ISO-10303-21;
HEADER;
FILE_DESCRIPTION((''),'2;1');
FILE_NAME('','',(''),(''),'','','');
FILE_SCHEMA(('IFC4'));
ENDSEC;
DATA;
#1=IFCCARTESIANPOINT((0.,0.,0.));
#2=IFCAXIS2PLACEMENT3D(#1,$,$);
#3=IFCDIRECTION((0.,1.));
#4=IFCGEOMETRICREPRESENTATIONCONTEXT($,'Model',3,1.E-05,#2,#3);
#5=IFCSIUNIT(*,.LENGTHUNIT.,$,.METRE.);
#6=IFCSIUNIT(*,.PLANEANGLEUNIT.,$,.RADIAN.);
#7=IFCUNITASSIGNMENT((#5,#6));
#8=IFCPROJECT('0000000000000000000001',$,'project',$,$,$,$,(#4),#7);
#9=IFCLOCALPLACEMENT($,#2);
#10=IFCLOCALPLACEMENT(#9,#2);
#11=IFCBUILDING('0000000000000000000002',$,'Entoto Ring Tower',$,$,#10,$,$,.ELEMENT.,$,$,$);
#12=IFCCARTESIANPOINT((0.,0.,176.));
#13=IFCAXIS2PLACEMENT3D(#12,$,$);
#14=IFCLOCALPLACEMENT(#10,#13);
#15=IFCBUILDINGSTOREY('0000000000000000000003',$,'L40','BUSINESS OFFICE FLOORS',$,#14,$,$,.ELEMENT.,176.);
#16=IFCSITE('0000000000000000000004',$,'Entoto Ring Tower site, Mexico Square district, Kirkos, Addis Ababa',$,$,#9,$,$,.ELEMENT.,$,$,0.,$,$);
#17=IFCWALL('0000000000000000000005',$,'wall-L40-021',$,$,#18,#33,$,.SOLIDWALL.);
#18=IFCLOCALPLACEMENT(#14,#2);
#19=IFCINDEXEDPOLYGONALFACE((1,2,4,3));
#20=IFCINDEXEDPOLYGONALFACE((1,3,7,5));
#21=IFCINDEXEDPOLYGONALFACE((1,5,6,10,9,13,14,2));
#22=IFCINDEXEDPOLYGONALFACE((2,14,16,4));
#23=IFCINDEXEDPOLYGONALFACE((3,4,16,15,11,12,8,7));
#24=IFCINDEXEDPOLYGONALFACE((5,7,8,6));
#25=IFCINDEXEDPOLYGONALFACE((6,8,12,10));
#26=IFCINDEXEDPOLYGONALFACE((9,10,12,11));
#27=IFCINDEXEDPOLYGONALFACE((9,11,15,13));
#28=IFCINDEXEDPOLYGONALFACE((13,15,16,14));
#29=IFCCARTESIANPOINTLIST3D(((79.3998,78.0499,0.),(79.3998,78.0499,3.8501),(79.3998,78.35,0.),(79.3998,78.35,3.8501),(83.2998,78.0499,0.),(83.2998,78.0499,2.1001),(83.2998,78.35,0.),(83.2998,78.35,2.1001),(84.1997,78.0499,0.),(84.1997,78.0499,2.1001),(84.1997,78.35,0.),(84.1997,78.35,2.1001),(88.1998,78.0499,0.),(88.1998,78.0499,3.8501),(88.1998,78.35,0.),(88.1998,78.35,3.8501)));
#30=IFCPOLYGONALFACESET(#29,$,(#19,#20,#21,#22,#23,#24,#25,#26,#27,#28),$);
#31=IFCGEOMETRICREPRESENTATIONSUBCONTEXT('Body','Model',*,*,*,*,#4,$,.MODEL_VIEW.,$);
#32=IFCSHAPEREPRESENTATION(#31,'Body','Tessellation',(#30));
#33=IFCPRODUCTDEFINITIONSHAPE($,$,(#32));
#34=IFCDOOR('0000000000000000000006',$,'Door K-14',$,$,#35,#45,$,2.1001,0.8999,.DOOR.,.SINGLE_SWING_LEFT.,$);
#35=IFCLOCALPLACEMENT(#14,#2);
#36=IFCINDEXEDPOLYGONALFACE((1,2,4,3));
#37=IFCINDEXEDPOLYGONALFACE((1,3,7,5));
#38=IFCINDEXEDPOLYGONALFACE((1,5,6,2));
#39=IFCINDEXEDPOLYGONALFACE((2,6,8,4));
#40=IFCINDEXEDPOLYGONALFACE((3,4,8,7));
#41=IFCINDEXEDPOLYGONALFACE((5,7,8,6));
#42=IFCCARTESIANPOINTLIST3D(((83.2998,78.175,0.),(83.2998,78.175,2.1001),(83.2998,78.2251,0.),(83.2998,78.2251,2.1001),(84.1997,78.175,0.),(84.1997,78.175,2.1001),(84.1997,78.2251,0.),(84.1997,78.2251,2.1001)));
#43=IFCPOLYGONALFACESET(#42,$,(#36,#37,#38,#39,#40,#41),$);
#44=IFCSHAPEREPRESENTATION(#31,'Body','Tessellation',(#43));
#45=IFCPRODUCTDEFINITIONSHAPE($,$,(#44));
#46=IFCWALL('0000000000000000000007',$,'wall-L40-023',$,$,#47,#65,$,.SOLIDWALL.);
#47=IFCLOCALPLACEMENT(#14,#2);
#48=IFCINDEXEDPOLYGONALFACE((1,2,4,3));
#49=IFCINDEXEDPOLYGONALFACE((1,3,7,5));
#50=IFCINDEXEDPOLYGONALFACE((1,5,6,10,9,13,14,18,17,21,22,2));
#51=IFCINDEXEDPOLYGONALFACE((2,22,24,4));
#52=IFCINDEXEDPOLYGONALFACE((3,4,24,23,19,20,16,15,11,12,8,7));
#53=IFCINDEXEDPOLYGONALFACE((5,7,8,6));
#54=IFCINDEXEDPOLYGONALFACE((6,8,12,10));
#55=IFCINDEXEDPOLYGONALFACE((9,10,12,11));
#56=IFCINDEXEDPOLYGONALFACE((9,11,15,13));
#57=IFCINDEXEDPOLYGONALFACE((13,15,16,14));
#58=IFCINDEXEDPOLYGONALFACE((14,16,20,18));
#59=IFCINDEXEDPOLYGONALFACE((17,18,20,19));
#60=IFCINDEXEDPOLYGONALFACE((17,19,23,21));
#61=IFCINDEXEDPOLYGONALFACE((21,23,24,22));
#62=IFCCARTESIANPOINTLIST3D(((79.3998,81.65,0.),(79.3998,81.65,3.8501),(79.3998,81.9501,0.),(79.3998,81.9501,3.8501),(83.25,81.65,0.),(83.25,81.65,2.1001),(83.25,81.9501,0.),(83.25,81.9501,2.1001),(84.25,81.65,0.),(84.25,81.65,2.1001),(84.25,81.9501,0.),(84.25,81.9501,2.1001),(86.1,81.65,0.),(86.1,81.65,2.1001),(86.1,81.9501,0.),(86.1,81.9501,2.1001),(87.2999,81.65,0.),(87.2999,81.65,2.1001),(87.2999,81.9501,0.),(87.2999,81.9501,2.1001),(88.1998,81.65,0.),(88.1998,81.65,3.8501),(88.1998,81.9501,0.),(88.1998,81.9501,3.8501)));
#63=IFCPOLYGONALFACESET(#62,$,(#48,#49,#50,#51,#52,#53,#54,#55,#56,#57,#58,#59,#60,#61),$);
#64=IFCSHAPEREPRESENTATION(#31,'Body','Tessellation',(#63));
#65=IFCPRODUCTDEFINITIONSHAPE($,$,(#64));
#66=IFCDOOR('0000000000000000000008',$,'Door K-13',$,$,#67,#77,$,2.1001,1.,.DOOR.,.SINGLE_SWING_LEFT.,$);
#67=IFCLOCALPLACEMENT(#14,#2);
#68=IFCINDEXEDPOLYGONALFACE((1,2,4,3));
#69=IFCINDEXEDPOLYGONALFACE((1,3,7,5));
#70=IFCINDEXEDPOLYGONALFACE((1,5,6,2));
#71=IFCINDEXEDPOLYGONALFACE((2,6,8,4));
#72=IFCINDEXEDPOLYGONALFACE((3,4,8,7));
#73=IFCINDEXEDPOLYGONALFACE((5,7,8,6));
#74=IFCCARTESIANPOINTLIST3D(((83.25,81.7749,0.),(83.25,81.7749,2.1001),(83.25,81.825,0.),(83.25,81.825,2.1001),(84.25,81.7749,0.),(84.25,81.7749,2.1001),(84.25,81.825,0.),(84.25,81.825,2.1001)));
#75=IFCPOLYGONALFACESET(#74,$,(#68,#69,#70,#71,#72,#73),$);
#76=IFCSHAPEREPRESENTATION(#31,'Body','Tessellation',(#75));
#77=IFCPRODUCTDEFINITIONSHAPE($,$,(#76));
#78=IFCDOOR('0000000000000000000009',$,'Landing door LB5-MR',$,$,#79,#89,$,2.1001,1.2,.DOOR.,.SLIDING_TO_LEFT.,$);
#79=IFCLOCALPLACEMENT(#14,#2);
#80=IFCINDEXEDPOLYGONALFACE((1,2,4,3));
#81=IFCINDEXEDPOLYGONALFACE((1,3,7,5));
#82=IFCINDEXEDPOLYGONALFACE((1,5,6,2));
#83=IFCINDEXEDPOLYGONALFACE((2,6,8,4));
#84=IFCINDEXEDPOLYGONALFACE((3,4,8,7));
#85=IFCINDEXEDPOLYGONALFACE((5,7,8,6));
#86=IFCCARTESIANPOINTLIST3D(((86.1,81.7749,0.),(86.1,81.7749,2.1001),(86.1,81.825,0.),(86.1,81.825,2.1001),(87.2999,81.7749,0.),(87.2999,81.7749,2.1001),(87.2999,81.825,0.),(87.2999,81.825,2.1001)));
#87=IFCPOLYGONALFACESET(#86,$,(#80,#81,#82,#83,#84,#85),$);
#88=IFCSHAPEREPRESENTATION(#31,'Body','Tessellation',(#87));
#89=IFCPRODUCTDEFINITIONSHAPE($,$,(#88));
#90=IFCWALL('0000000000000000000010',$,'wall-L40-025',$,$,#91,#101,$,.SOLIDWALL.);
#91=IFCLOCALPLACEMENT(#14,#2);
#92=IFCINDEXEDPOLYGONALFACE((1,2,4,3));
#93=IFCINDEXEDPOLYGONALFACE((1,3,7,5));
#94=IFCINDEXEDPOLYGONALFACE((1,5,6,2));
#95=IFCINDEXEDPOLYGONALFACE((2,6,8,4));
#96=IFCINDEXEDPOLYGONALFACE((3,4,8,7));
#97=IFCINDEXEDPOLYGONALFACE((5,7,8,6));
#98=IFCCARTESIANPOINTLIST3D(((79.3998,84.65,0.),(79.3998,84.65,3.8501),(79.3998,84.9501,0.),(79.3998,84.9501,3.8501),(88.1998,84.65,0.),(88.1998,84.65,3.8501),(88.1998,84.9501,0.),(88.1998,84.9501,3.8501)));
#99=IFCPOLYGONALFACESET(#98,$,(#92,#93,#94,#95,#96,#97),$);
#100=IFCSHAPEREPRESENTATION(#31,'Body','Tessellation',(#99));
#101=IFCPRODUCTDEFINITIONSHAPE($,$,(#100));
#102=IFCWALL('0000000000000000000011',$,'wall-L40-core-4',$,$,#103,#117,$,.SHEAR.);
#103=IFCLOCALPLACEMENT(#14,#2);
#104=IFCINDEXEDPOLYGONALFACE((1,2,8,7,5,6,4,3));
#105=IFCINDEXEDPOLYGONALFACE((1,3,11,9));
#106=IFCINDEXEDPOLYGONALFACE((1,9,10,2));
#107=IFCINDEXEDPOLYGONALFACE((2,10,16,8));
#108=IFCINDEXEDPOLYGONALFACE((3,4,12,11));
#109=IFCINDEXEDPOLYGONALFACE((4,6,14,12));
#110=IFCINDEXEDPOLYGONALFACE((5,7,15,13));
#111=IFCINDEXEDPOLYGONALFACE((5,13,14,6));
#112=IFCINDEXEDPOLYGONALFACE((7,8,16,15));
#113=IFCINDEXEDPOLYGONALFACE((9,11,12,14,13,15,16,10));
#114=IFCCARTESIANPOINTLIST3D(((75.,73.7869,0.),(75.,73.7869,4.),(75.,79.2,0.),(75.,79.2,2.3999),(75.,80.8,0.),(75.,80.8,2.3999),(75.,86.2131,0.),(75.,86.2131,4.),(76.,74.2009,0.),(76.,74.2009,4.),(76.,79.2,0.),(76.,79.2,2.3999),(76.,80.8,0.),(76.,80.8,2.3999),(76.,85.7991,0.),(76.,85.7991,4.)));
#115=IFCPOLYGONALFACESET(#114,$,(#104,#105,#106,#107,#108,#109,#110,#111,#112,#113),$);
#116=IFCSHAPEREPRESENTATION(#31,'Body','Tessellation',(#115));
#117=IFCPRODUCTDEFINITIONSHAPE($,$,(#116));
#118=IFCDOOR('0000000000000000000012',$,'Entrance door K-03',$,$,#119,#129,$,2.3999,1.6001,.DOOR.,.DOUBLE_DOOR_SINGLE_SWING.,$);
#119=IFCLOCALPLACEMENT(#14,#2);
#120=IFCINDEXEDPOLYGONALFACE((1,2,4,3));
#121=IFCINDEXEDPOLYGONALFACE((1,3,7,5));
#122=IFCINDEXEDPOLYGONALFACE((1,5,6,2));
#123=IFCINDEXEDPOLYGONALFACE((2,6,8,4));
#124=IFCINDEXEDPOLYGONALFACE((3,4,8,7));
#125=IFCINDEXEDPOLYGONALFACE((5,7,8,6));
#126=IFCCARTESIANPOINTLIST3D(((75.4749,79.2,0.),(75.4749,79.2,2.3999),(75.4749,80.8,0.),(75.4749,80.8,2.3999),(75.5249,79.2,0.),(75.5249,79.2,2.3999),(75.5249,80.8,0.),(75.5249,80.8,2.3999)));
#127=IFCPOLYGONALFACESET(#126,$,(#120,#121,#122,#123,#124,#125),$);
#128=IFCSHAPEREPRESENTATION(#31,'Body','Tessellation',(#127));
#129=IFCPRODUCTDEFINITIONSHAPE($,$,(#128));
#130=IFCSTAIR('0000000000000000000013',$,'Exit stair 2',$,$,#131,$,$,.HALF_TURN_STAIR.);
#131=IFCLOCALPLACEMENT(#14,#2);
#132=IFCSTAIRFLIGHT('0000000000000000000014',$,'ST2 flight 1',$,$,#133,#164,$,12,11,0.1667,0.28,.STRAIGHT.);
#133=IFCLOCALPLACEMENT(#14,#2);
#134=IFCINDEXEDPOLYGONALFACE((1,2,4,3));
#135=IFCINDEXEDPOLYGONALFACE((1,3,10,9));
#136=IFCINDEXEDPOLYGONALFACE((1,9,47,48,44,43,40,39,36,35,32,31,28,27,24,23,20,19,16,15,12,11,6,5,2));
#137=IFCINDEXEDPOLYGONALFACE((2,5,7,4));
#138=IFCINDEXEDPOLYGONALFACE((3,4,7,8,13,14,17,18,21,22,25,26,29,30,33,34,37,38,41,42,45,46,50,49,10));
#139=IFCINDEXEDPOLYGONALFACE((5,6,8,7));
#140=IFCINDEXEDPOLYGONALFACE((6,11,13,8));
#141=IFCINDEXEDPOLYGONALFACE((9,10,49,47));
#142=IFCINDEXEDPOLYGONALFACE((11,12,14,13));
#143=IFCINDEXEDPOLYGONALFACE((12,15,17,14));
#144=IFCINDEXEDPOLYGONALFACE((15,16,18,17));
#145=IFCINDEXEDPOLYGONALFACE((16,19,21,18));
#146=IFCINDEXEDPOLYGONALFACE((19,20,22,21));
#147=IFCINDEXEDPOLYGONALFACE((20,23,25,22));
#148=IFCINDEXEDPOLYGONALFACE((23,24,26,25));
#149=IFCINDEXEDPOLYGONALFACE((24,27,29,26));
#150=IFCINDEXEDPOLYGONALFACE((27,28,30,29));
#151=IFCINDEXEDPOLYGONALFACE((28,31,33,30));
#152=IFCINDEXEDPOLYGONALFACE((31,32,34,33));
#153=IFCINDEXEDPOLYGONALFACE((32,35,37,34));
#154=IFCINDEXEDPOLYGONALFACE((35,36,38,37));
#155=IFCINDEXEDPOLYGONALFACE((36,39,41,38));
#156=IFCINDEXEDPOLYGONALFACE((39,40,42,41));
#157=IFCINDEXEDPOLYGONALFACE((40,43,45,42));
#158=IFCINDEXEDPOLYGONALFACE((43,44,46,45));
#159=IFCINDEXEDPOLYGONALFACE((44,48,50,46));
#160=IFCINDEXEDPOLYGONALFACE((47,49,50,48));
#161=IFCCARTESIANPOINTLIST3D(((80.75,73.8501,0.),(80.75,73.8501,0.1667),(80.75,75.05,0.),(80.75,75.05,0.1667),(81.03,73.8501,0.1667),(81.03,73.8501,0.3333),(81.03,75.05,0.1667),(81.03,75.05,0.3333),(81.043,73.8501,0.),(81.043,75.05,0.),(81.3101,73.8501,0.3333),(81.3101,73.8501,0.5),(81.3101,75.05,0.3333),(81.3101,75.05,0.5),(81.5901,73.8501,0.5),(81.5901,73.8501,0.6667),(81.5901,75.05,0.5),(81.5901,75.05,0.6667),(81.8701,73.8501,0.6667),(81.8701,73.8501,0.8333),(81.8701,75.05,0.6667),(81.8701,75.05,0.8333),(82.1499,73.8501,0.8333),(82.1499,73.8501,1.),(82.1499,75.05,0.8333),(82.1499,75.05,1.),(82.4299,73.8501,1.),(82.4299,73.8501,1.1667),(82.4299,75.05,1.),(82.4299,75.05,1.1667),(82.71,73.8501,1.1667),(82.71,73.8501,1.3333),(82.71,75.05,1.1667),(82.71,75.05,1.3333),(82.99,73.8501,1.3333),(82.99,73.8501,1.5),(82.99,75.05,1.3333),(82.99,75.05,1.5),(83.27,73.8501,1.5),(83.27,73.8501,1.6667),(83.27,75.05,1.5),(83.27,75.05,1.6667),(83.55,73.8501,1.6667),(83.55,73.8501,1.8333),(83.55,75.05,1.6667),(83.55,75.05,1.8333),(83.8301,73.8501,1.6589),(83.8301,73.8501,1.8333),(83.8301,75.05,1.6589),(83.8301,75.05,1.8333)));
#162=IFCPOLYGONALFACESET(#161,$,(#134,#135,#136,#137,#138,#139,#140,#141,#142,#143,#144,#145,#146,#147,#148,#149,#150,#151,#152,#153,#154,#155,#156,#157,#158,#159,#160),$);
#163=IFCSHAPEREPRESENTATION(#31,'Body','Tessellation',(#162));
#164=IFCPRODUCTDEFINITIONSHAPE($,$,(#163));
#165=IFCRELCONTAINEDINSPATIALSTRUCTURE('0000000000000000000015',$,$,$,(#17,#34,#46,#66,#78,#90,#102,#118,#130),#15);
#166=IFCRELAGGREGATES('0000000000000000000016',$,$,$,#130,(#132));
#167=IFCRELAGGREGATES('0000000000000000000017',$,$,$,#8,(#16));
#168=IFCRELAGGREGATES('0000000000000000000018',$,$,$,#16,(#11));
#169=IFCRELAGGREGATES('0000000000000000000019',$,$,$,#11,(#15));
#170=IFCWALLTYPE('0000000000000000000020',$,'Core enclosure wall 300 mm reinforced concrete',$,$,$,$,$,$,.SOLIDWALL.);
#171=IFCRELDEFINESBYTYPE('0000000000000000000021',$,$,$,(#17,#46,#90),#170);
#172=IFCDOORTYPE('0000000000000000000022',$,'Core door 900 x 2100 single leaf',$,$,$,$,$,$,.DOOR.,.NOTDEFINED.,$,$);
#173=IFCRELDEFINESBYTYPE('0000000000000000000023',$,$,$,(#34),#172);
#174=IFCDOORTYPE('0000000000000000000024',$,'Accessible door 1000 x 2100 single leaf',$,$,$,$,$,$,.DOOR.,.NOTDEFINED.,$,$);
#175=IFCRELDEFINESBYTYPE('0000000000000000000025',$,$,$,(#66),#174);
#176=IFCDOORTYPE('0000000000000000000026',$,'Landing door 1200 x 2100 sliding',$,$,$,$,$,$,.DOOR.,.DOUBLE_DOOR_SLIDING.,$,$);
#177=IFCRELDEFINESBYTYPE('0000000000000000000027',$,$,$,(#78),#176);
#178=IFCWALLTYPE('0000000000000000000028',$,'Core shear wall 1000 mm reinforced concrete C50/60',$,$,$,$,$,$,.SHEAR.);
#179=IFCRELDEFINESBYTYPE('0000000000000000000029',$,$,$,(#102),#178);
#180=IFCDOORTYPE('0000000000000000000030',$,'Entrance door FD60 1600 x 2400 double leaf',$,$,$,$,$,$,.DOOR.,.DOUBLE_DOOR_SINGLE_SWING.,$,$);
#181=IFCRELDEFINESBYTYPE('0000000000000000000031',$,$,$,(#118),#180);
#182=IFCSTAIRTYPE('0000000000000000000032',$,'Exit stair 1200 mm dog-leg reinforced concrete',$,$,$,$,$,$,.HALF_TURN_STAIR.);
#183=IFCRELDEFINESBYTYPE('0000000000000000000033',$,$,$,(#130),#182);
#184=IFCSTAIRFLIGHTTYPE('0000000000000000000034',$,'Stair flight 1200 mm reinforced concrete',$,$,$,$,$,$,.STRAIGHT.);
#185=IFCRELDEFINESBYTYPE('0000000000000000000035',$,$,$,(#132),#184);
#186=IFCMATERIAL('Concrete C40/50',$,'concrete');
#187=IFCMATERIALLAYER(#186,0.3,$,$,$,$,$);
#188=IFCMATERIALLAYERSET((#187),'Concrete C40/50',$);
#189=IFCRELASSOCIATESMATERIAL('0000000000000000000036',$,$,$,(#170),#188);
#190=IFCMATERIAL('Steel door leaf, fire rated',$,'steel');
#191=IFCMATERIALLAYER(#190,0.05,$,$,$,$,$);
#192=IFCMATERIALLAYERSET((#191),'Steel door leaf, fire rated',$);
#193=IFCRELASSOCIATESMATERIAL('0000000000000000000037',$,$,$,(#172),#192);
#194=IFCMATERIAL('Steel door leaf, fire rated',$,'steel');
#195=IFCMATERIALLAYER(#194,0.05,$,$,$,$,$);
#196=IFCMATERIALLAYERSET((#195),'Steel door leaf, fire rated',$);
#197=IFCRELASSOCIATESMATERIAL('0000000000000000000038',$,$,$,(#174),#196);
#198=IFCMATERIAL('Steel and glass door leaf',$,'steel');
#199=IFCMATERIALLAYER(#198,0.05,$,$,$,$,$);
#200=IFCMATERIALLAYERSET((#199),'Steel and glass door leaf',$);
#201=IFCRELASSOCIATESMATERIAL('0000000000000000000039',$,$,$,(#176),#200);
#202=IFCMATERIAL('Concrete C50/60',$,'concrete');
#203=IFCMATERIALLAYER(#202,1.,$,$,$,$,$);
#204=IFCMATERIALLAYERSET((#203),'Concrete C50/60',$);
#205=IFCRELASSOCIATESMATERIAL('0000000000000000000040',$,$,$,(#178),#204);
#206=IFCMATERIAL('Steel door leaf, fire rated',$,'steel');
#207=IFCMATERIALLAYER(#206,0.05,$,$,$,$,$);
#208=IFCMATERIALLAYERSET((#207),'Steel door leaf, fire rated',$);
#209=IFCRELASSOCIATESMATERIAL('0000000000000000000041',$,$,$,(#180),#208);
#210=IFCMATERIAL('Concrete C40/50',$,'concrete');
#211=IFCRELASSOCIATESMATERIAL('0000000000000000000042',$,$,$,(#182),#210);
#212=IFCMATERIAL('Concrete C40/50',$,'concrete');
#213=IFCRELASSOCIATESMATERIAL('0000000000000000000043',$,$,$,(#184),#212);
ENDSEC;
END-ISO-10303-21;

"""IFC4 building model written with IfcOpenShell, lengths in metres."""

from ifc_helpers import new_model, si_unit, direction, frame, frame_2d, origin, place, context, subcontext, project, spatial, polyline, rectangle, outline, extrude, material, layer, layer_set, type_object, element, fill, aggregate, save


model = new_model("IFC4")

# Units and contexts
model_context = context("Model", 3, precision=1e-05, world=origin(), true_north=direction((0.0, 1.0)))
body_context = subcontext(model_context, "Body", "Model", "MODEL_VIEW")
ifc_project = project(units=[si_unit("LENGTHUNIT", "METRE"), si_unit("PLANEANGLEUNIT", "RADIAN")], contexts=[model_context])

# Site, building, storey
site_placement = place(None, origin())
site = spatial("IfcSite", under=ifc_project, at=site_placement, Name="Entoto Ring Tower site, Mexico Square district, Kirkos, Addis Ababa", CompositionType="ELEMENT", RefElevation=0.0)
building_placement = place(site_placement, origin())
building = spatial("IfcBuilding", under=site, at=building_placement, Name="Entoto Ring Tower", CompositionType="ELEMENT")
storey_placement = place(building_placement, frame((0.0, 0.0, 176.0)))
storey = spatial("IfcBuildingStorey", under=building, at=storey_placement, Name="L40", Description="BUSINESS OFFICE FLOORS", CompositionType="ELEMENT", Elevation=176.0)

# Shared definitions
ifc_material_1 = material(Name="Concrete C40/50", Category="concrete")
ifc_layer_1 = layer(ifc_material_1, 0.3)
ifc_layer_set_1 = layer_set([ifc_layer_1], Name="Concrete C40/50")
wall_type_1 = type_object("IfcWallType", Name="Core enclosure wall 300 mm reinforced concrete", PredefinedType="SOLIDWALL", material=ifc_layer_set_1)

# Wall, opening, door
wall_1_placement = place(storey_placement, frame((79.3999, 78.2, 0.0), z_axis=(0.0, 0.0, 1.0), x_axis=(1.0, 0.0, 0.0)))
wall_1 = element("IfcWall", 1, at=wall_1_placement, inside=storey, type_object=wall_type_1, Name="wall-L40-021", PredefinedType="SOLIDWALL", context=body_context, shape_type="SweptSolid", body=[
    extrude(rectangle(XDim=8.8, YDim=0.3, at=frame_2d((4.3999, 0.0))), origin(), (0.0, 0.0, 1.0), 3.8501),
])
opening_1_placement = place(wall_1_placement, frame((3.8999, 0.0, 0.0)))
opening_1 = element("IfcOpeningElement", 2, at=opening_1_placement, cuts=wall_1, PredefinedType="OPENING", context=body_context, shape_type="SweptSolid", body=[
    extrude(rectangle(XDim=0.8999, YDim=2.1001, at=frame_2d((0.45, 1.05))), frame((0.0, 0.1602, 0.0), z_axis=(0.0, -1.0, 0.0), x_axis=(1.0, 0.0, 0.0)), (0.0, 0.0, 1.0), 0.3201),
])
ifc_material_2 = material(Name="Steel door leaf, fire rated", Category="steel")
ifc_layer_2 = layer(ifc_material_2, 0.05)
ifc_layer_set_2 = layer_set([ifc_layer_2], Name="Steel door leaf, fire rated")
door_type_1 = type_object("IfcDoorType", Name="Core door 900 x 2100 single leaf", OperationType="NOTDEFINED", PredefinedType="DOOR", material=ifc_layer_set_2)
door_1_placement = place(opening_1_placement, frame((0.8999, 0.0, 0.0), z_axis=(0.0, 0.0, 1.0), x_axis=(-1.0, 0.0, 0.0)))
door_1 = element("IfcDoor", 3, at=door_1_placement, inside=storey, type_object=door_type_1, Name="Door K-14", OperationType="SINGLE_SWING_LEFT", OverallHeight=2.1001, OverallWidth=0.8999, PredefinedType="DOOR", context=body_context, shape_type="SweptSolid", body=[
    extrude(rectangle(XDim=0.8999, YDim=2.1001, at=frame_2d((0.45, 1.05))), frame((0.0, 0.0249, 0.0), z_axis=(0.0, -1.0, 0.0), x_axis=(1.0, 0.0, 0.0)), (0.0, 0.0, 1.0), 0.05),
])
fill(opening_1, door_1)

# Wall, openings, doors
wall_2_placement = place(storey_placement, frame((79.3999, 81.8, 0.0), z_axis=(0.0, 0.0, 1.0), x_axis=(1.0, 0.0, 0.0)))
wall_2 = element("IfcWall", 4, at=wall_2_placement, inside=storey, type_object=wall_type_1, Name="wall-L40-023", PredefinedType="SOLIDWALL", context=body_context, shape_type="SweptSolid", body=[
    extrude(rectangle(XDim=8.8, YDim=0.3, at=frame_2d((4.3999, 0.0))), origin(), (0.0, 0.0, 1.0), 3.8501),
])
opening_2_placement = place(wall_2_placement, frame((6.7, 0.0, 0.0)))
opening_2 = element("IfcOpeningElement", 5, at=opening_2_placement, cuts=wall_2, PredefinedType="OPENING", context=body_context, shape_type="SweptSolid", body=[
    extrude(rectangle(XDim=1.2, YDim=2.1001, at=frame_2d((0.6001, 1.05))), frame((0.0, 0.1602, 0.0), z_axis=(0.0, -1.0, 0.0), x_axis=(1.0, 0.0, 0.0)), (0.0, 0.0, 1.0), 0.3201),
])
opening_3_placement = place(wall_2_placement, frame((3.8501, 0.0, 0.0)))
opening_3 = element("IfcOpeningElement", 6, at=opening_3_placement, cuts=wall_2, PredefinedType="OPENING", context=body_context, shape_type="SweptSolid", body=[
    extrude(rectangle(XDim=1.0, YDim=2.1001, at=frame_2d((0.5, 1.05))), frame((0.0, 0.1602, 0.0), z_axis=(0.0, -1.0, 0.0), x_axis=(1.0, 0.0, 0.0)), (0.0, 0.0, 1.0), 0.3201),
])
ifc_material_3 = material(Name="Steel door leaf, fire rated", Category="steel")
ifc_layer_3 = layer(ifc_material_3, 0.05)
ifc_layer_set_3 = layer_set([ifc_layer_3], Name="Steel door leaf, fire rated")
door_type_2 = type_object("IfcDoorType", Name="Accessible door 1000 x 2100 single leaf", OperationType="NOTDEFINED", PredefinedType="DOOR", material=ifc_layer_set_3)
door_2_placement = place(opening_3_placement, origin())
door_2 = element("IfcDoor", 7, at=door_2_placement, inside=storey, type_object=door_type_2, Name="Door K-13", OperationType="SINGLE_SWING_LEFT", OverallHeight=2.1001, OverallWidth=1.0, PredefinedType="DOOR", context=body_context, shape_type="SweptSolid", body=[
    extrude(rectangle(XDim=1.0, YDim=2.1001, at=frame_2d((0.5, 1.05))), frame((0.0, 0.0249, 0.0), z_axis=(0.0, -1.0, 0.0), x_axis=(1.0, 0.0, 0.0)), (0.0, 0.0, 1.0), 0.05),
])
fill(opening_3, door_2)
ifc_material_4 = material(Name="Steel and glass door leaf", Category="steel")
ifc_layer_4 = layer(ifc_material_4, 0.05)
ifc_layer_set_4 = layer_set([ifc_layer_4], Name="Steel and glass door leaf")
door_type_3 = type_object("IfcDoorType", Name="Landing door 1200 x 2100 sliding", OperationType="DOUBLE_DOOR_SLIDING", PredefinedType="DOOR", material=ifc_layer_set_4)
door_3_placement = place(opening_2_placement, origin())
door_3 = element("IfcDoor", 8, at=door_3_placement, inside=storey, type_object=door_type_3, Name="Landing door LB5-MR", OperationType="SLIDING_TO_LEFT", OverallHeight=2.1001, OverallWidth=1.2, PredefinedType="DOOR", context=body_context, shape_type="SweptSolid", body=[
    extrude(rectangle(XDim=1.2, YDim=2.1001, at=frame_2d((0.6001, 1.05))), frame((0.0, 0.0249, 0.0), z_axis=(0.0, -1.0, 0.0), x_axis=(1.0, 0.0, 0.0)), (0.0, 0.0, 1.0), 0.05),
])
fill(opening_2, door_3)

# Wall
wall_3_placement = place(storey_placement, frame((79.3999, 84.8, 0.0), z_axis=(0.0, 0.0, 1.0), x_axis=(1.0, 0.0, 0.0)))
element("IfcWall", 9, at=wall_3_placement, inside=storey, type_object=wall_type_1, Name="wall-L40-025", PredefinedType="SOLIDWALL", context=body_context, shape_type="SweptSolid", body=[
    extrude(rectangle(XDim=8.8, YDim=0.3, at=frame_2d((4.3999, 0.0))), origin(), (0.0, 0.0, 1.0), 3.8501),
])

# Wall, opening, door
ifc_material_5 = material(Name="Concrete C50/60", Category="concrete")
ifc_layer_5 = layer(ifc_material_5, 1.0)
ifc_layer_set_5 = layer_set([ifc_layer_5], Name="Concrete C50/60")
wall_type_2 = type_object("IfcWallType", Name="Core shear wall 1000 mm reinforced concrete C50/60", PredefinedType="SHEAR", material=ifc_layer_set_5)
wall_4_placement = place(storey_placement, frame((75.5, 86.0061, 0.0), z_axis=(0.0, 0.0, 1.0), x_axis=(0.0, -1.0, 0.0)))
wall_4 = element("IfcWall", 10, at=wall_4_placement, inside=storey, type_object=wall_type_2, Name="wall-L40-core-4", PredefinedType="SHEAR", context=body_context, shape_type="SweptSolid", body=[
    extrude(outline(polyline([(-0.207, -0.5), (12.2192, -0.5), (11.8052, 0.5), (0.207, 0.5), (-0.207, -0.5)])), origin(), (0.0, 0.0, 1.0), 4.0),
])
opening_4_placement = place(wall_4_placement, frame((5.2061, 0.0, 0.0)))
opening_4 = element("IfcOpeningElement", 11, at=opening_4_placement, cuts=wall_4, PredefinedType="OPENING", context=body_context, shape_type="SweptSolid", body=[
    extrude(rectangle(XDim=1.6001, YDim=2.3999, at=frame_2d((0.8, 1.2))), frame((0.0, 0.51, 0.0), z_axis=(0.0, -1.0, 0.0), x_axis=(1.0, 0.0, 0.0)), (0.0, 0.0, 1.0), 1.02),
])
ifc_material_6 = material(Name="Steel door leaf, fire rated", Category="steel")
ifc_layer_6 = layer(ifc_material_6, 0.05)
ifc_layer_set_6 = layer_set([ifc_layer_6], Name="Steel door leaf, fire rated")
door_type_4 = type_object("IfcDoorType", Name="Entrance door FD60 1600 x 2400 double leaf", OperationType="DOUBLE_DOOR_SINGLE_SWING", PredefinedType="DOOR", material=ifc_layer_set_6)
door_4_placement = place(opening_4_placement, origin())
door_4 = element("IfcDoor", 12, at=door_4_placement, inside=storey, type_object=door_type_4, Name="Entrance door K-03", OperationType="DOUBLE_DOOR_SINGLE_SWING", OverallHeight=2.3999, OverallWidth=1.6001, PredefinedType="DOOR", context=body_context, shape_type="SweptSolid", body=[
    extrude(rectangle(XDim=1.6001, YDim=2.3999, at=frame_2d((0.8, 1.2))), frame((0.0, 0.0249, 0.0), z_axis=(0.0, -1.0, 0.0), x_axis=(1.0, 0.0, 0.0)), (0.0, 0.0, 1.0), 0.05),
])
fill(opening_4, door_4)

# Stair, stair flight
ifc_material_7 = material(Name="Concrete C40/50", Category="concrete")
stair_type = type_object("IfcStairType", Name="Exit stair 1200 mm dog-leg reinforced concrete", PredefinedType="HALF_TURN_STAIR", material=ifc_material_7)
stair_placement = place(storey_placement, origin())
stair = element("IfcStair", 13, at=stair_placement, inside=storey, type_object=stair_type, Name="Exit stair 2", PredefinedType="HALF_TURN_STAIR")
ifc_material_8 = material(Name="Concrete C40/50", Category="concrete")
stair_flight_type = type_object("IfcStairFlightType", Name="Stair flight 1200 mm reinforced concrete", PredefinedType="STRAIGHT", material=ifc_material_8)
stair_flight_1_placement = place(storey_placement, frame((80.75, 74.45, 0.0), z_axis=(0.0, 0.0, 1.0), x_axis=(1.0, 0.0, 0.0)))
stair_flight_1 = element("IfcStairFlight", 14, at=stair_flight_1_placement, type_object=stair_flight_type, Name="ST2 flight 1", NumberOfRisers=12, NumberOfTreads=11, PredefinedType="STRAIGHT", RiserHeight=0.1667, TreadLength=0.28, context=body_context, shape_type="SweptSolid", body=[
    extrude(outline(polyline([(0.0, 0.0), (0.0, 0.1667), (0.28, 0.1667), (0.28, 0.3333), (0.5601, 0.3333), (0.5601, 0.5), (0.8401, 0.5), (0.8401, 0.6667), (1.1201, 0.6667), (1.1201, 0.8333), (1.3999, 0.8333), (1.3999, 1.0), (1.6799, 1.0), (1.6799, 1.1667), (1.96, 1.1667), (1.96, 1.3333), (2.24, 1.3333), (2.24, 1.5), (2.52, 1.5), (2.52, 1.6667), (2.8, 1.6667), (2.8, 1.8333), (3.0801, 1.8333), (3.0801, 2.0), (3.0801, 1.6589), (0.293, 0.0), (0.0, 0.0)])), frame((0.0, 0.6001, 0.0), z_axis=(0.0, -1.0, 0.0), x_axis=(1.0, 0.0, 0.0)), (0.0, 0.0, 1.0), 1.2),
])
aggregate(stair, [stair_flight_1])

save(model, "model.ifc")
